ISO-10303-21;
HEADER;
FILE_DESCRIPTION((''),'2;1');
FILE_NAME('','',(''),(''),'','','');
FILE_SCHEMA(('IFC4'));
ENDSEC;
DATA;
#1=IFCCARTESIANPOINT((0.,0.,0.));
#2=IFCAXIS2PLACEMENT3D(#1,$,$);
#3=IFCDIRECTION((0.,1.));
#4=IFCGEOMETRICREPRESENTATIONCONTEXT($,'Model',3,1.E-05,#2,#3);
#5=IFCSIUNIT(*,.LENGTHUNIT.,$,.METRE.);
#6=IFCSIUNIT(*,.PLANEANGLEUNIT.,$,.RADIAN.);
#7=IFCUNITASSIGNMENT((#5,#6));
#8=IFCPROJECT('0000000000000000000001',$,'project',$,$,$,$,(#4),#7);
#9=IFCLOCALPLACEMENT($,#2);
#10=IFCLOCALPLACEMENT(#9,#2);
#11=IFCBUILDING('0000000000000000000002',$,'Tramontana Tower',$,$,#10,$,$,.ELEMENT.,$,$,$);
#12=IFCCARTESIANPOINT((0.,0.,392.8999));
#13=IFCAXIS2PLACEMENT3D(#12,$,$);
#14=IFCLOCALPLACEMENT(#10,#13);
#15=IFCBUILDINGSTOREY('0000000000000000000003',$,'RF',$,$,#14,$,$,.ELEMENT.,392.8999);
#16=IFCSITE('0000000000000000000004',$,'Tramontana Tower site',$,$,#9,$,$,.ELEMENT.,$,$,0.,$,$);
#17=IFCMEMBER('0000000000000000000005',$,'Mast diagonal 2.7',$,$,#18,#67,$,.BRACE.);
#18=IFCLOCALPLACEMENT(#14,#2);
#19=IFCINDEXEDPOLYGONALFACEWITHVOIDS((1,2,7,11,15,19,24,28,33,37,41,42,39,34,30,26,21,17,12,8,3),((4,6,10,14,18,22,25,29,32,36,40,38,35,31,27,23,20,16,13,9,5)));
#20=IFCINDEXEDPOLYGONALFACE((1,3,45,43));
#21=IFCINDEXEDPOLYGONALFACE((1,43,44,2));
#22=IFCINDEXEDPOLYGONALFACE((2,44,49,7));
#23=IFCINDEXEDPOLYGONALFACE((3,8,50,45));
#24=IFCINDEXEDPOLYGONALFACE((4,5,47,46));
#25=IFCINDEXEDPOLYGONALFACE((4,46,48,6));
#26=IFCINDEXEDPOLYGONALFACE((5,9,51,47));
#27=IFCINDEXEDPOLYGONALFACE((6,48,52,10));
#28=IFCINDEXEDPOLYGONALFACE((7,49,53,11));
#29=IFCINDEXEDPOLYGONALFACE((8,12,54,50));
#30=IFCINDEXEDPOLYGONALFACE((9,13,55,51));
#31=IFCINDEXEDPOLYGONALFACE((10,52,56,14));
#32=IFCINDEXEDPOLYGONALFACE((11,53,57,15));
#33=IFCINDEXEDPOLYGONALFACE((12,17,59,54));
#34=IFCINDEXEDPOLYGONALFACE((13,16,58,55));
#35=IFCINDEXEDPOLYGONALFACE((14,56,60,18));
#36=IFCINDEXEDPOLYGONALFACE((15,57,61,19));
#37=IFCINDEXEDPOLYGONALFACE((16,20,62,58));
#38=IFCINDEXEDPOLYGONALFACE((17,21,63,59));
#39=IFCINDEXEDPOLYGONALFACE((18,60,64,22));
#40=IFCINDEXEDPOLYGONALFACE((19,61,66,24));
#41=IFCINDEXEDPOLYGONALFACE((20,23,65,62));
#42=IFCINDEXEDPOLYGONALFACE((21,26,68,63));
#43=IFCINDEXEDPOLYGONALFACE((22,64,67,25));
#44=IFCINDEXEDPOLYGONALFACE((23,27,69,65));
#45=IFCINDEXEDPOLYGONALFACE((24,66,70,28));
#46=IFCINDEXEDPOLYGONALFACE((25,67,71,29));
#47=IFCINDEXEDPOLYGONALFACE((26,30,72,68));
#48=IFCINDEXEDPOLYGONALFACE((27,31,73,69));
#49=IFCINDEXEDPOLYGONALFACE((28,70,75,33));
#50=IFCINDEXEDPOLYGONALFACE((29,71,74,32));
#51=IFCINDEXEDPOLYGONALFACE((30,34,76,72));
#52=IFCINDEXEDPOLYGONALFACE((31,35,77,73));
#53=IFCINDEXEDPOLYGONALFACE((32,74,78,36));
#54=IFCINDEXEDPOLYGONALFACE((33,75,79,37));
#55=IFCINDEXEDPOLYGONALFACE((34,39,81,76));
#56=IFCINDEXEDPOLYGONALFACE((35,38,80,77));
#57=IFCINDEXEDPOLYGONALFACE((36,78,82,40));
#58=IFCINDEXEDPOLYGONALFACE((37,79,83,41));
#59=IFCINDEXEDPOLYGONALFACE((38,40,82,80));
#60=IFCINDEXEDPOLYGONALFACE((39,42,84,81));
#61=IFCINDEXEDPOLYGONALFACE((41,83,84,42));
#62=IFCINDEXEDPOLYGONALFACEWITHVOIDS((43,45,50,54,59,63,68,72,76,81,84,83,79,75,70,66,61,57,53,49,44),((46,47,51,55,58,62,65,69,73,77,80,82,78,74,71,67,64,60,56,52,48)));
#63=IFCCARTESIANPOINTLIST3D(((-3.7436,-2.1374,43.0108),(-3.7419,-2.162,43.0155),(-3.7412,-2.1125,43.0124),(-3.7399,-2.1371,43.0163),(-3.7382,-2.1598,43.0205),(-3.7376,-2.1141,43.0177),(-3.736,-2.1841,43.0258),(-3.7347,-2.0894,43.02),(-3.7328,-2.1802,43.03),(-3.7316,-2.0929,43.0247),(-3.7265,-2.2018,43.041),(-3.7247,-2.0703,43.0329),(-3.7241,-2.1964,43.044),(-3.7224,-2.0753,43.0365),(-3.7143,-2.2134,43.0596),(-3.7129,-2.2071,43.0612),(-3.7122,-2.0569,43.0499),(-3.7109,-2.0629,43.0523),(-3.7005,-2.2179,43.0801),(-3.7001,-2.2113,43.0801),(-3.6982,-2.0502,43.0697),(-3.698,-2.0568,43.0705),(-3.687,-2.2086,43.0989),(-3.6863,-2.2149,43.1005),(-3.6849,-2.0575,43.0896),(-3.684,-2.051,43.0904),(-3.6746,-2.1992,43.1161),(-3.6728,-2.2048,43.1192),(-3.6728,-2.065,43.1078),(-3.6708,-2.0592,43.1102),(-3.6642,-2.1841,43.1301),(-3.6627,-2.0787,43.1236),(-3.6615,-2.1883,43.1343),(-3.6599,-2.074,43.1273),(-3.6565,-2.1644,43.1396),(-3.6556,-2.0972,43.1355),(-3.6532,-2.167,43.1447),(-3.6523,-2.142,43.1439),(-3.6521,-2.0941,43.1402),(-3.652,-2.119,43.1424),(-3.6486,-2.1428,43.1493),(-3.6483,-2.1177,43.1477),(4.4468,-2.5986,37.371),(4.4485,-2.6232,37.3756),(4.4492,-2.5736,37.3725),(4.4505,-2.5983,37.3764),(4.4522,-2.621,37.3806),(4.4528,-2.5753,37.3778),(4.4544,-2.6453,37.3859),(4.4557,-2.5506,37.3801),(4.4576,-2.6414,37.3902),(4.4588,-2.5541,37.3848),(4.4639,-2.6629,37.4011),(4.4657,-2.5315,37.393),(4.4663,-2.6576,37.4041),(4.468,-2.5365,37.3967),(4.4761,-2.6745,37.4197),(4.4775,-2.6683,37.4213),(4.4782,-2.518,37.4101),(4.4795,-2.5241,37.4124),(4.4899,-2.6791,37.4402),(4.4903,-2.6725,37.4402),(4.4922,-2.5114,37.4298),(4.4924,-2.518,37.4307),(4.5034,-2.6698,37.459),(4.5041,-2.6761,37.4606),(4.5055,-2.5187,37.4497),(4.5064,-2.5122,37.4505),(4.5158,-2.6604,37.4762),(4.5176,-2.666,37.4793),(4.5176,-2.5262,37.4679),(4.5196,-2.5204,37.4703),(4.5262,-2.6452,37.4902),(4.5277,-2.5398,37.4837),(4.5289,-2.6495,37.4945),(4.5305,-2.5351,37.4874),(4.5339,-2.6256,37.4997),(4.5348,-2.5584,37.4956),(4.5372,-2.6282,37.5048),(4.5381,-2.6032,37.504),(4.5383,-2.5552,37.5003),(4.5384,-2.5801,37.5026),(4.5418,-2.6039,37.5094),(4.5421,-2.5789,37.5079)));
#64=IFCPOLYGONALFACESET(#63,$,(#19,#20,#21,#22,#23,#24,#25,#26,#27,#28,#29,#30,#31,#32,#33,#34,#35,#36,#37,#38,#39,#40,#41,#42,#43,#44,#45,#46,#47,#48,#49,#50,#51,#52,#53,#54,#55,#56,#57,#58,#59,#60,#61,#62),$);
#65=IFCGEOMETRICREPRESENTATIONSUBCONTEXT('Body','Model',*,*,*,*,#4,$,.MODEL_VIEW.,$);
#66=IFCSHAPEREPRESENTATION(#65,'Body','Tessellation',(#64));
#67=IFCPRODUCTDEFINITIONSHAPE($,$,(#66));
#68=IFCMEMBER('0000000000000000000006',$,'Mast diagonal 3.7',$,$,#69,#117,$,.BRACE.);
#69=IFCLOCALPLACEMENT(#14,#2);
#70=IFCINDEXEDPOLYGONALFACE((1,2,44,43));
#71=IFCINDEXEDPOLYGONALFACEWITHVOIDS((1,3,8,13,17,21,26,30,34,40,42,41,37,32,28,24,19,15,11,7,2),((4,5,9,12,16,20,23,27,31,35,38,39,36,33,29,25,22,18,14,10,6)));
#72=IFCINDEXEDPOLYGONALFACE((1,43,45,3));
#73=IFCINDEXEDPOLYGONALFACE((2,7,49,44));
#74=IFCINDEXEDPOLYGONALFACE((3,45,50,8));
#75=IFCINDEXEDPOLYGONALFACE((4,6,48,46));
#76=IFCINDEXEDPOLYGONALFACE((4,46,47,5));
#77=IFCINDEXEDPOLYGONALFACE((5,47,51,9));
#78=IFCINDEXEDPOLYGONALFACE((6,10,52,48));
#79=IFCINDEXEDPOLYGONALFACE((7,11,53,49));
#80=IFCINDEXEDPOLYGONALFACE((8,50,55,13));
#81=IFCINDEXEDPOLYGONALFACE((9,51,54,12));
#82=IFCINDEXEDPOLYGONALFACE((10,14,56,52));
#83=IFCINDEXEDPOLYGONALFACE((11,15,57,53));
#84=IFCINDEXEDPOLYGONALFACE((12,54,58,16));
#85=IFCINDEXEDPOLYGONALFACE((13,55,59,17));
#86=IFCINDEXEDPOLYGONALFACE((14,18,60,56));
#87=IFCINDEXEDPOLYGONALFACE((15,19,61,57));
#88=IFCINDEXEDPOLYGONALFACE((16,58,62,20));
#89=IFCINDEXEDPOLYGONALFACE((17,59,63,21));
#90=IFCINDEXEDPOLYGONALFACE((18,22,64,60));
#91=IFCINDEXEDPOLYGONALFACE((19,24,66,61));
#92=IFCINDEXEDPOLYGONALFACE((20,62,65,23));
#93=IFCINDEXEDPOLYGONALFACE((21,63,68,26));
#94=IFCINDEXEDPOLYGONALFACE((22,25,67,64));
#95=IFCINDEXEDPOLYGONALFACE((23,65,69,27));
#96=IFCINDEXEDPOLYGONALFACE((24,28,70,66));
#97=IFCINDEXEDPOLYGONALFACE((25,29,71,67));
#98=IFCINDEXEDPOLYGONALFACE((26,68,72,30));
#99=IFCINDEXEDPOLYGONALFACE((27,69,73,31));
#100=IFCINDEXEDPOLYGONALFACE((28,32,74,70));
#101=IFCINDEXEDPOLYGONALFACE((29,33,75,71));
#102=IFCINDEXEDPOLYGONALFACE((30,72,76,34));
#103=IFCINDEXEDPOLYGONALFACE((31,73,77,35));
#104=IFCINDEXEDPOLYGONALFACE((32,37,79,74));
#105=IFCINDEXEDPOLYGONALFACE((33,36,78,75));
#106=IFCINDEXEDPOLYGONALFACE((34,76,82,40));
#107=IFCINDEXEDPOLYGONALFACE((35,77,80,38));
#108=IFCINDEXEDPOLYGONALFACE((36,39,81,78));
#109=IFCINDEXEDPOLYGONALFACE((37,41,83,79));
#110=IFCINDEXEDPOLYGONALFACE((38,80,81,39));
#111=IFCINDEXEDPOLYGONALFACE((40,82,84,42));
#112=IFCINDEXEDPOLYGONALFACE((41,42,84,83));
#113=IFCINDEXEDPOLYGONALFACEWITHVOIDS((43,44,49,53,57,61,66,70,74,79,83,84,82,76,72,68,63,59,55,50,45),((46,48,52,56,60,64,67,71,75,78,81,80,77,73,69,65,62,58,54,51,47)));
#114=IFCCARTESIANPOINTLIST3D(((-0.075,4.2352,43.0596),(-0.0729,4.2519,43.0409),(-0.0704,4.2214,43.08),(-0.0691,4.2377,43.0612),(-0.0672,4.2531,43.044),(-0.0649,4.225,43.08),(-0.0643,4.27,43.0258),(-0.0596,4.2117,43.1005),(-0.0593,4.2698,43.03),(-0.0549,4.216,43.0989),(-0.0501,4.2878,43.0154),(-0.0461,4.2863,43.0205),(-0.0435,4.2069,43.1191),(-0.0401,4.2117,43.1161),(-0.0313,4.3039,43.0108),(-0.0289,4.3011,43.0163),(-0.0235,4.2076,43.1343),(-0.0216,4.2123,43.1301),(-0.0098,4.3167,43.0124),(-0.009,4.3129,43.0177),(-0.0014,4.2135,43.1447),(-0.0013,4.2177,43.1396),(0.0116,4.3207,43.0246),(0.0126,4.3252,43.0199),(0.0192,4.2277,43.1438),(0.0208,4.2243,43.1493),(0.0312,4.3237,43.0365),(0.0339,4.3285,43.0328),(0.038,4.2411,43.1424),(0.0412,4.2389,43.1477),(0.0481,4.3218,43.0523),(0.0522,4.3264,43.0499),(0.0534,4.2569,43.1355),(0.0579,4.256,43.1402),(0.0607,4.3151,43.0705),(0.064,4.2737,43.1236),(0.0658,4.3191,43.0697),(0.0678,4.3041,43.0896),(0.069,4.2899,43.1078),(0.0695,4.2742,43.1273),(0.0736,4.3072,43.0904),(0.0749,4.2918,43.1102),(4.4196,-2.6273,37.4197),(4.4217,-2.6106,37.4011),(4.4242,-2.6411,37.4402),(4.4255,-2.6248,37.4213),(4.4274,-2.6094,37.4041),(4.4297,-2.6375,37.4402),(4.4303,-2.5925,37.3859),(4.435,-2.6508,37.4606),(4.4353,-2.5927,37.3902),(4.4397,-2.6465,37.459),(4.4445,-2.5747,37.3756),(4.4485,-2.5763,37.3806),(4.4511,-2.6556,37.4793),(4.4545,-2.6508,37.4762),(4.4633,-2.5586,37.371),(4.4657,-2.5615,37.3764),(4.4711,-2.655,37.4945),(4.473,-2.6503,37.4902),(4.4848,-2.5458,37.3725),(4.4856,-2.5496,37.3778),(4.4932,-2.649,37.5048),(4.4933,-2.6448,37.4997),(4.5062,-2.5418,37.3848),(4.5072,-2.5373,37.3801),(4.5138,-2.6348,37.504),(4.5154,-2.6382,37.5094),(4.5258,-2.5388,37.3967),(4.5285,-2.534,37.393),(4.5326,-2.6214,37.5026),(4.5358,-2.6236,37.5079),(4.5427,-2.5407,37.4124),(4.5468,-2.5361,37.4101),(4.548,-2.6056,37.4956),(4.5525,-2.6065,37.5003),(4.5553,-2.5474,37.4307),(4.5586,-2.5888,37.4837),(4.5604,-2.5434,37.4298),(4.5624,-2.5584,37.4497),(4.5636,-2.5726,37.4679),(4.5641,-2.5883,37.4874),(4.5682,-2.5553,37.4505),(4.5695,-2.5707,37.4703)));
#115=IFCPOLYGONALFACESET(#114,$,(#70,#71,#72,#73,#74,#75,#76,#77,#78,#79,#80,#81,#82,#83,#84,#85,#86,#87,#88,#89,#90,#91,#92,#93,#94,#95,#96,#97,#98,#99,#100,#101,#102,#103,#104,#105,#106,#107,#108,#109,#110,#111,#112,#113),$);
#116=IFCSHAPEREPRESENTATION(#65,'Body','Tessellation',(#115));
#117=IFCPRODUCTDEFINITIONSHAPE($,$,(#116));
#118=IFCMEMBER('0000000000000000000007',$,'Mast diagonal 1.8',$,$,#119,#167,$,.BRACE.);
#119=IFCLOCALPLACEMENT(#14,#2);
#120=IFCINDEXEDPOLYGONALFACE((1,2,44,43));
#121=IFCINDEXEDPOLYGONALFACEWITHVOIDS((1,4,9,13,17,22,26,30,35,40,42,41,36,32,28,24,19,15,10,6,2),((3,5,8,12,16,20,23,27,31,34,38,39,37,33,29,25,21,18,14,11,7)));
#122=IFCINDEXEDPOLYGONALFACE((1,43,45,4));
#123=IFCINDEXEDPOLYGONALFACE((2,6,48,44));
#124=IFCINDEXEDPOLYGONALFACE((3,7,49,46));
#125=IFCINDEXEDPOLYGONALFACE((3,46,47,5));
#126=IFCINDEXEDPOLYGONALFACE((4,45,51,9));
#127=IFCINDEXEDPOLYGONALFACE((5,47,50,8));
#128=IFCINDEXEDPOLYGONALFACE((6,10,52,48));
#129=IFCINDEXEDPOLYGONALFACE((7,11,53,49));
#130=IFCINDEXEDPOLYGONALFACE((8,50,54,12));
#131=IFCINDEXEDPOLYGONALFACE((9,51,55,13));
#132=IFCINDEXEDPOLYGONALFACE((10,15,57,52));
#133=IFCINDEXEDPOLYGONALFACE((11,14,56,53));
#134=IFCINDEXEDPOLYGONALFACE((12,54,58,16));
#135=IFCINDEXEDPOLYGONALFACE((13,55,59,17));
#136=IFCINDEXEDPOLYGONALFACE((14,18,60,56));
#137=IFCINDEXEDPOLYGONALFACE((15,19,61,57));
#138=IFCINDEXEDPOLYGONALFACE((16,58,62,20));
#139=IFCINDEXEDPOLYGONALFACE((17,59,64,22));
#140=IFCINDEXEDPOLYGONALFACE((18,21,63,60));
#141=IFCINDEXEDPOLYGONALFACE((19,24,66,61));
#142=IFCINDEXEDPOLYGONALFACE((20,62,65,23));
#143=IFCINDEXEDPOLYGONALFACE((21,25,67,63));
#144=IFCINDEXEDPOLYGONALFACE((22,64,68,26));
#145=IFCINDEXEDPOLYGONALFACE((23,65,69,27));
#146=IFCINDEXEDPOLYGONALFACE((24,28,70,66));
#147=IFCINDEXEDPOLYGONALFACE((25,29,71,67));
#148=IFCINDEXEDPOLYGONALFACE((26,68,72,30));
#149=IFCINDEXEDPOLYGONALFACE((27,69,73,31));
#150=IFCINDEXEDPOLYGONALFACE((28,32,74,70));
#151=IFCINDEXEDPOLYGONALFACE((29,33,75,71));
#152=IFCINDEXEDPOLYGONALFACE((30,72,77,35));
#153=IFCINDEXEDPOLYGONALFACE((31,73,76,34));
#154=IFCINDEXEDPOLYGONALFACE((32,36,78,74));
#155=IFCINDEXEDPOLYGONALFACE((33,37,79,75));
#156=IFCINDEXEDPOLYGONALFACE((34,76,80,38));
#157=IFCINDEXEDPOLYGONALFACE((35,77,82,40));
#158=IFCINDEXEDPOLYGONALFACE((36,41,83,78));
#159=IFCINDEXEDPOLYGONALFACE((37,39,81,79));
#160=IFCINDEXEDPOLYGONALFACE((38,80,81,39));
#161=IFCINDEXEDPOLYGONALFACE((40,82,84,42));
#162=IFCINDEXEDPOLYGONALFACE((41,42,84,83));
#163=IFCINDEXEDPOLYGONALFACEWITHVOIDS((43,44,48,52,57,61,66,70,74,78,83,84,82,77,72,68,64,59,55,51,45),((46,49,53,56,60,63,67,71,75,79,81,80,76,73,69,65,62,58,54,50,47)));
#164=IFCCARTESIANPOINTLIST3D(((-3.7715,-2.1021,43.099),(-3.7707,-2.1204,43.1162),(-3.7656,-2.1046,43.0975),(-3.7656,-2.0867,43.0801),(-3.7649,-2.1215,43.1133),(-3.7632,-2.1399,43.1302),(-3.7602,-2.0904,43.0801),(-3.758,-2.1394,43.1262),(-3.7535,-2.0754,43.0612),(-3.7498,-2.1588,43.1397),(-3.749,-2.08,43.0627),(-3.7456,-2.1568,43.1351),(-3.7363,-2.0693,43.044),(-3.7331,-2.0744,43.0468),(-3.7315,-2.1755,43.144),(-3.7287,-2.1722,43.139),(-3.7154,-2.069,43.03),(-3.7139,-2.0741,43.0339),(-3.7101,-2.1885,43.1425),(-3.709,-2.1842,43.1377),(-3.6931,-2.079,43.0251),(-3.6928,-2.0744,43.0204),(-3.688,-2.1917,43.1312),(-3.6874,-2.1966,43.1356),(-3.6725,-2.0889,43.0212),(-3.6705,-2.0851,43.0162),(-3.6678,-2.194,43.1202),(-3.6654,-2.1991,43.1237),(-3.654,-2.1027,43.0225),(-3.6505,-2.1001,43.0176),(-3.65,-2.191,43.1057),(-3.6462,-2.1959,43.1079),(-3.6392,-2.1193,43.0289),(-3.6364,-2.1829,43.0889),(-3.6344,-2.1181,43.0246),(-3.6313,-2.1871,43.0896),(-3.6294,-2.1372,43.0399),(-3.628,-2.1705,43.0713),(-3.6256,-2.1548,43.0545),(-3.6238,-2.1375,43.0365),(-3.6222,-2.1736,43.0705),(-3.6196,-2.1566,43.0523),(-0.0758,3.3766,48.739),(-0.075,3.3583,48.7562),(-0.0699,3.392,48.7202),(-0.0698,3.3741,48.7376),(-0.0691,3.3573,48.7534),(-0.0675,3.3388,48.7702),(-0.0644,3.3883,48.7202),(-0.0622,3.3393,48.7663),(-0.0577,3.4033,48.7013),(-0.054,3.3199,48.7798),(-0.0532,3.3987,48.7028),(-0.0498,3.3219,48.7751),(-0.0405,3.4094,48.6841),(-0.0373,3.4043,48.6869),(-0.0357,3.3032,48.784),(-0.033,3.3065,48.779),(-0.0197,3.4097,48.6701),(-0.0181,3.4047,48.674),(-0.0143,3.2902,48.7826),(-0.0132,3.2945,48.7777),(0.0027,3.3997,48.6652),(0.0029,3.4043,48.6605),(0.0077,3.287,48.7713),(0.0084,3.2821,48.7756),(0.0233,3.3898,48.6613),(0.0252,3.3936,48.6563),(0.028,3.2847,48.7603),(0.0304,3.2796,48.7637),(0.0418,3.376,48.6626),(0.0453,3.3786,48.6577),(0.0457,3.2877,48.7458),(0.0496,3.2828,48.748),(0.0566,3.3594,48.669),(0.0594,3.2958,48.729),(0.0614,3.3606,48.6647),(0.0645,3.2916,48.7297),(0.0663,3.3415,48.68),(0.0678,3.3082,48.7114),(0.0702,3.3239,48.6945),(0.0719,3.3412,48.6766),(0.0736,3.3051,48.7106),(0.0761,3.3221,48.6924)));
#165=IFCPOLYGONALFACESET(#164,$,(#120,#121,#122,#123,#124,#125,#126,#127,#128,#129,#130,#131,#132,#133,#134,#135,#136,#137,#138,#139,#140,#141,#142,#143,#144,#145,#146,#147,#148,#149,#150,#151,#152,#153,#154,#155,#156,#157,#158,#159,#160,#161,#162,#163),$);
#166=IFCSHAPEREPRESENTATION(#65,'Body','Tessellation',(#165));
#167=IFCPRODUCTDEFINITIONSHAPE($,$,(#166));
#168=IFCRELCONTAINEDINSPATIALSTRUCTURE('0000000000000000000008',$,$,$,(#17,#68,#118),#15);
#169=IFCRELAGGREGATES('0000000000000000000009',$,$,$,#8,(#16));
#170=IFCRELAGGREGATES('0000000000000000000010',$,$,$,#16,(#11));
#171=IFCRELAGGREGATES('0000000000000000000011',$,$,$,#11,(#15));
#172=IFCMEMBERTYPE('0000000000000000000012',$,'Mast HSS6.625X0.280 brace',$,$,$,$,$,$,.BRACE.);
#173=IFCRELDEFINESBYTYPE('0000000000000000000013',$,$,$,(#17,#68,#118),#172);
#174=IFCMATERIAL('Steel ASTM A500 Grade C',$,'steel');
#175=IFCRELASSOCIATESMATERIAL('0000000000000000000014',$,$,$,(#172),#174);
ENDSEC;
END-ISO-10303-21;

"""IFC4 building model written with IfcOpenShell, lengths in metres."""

from ifc_helpers import new_model, si_unit, direction, frame, origin, origin_2d, place, context, subcontext, project, spatial, hollow_circle, extrude, material, material_profile, profile_set, type_object, element, save


model = new_model("IFC4")

# Units and contexts
model_context = context("Model", 3, precision=1e-05, world=origin(), true_north=direction((0.0, 1.0)))
body_context = subcontext(model_context, "Body", "Model", "MODEL_VIEW")
ifc_project = project(units=[si_unit("LENGTHUNIT", "METRE"), si_unit("PLANEANGLEUNIT", "RADIAN")], contexts=[model_context])

# Site, building, storey
site_placement = place(None, origin())
site = spatial("IfcSite", under=ifc_project, at=site_placement, Name="Tramontana Tower site", CompositionType="ELEMENT", RefElevation=0.0)
building_placement = place(site_placement, origin())
building = spatial("IfcBuilding", under=site, at=building_placement, Name="Tramontana Tower", CompositionType="ELEMENT")
storey_placement = place(building_placement, frame((0.0, 0.0, 392.8999)))
storey = spatial("IfcBuildingStorey", under=building, at=storey_placement, Name="RF", CompositionType="ELEMENT", Elevation=392.8999)

# Members
ifc_material_1 = material(Name="Steel ASTM A500 Grade C", Category="steel")
ifc_material_profile_1 = material_profile(ifc_material_1, hollow_circle(Radius=0.0842, WallThickness=0.0066, at=origin_2d()), Name="HSS6.625X0.280")
ifc_profile_set_1 = profile_set([ifc_material_profile_1], Name="Steel ASTM A500 Grade C")
member_type_1 = type_object("IfcMemberType", Name="Mast HSS6.625X0.280 brace", PredefinedType="BRACE", material=ifc_profile_set_1)
for number, where, z_axis, x_axis, name in (
    (1, (4.4946, -2.595, 37.4402), (-0.822736, 0.046326, 0.566532), (-0.056218, -0.998418, 0.0), "Mast diagonal 2.7"),
    (2, (4.4946, -2.595, 37.4402), (-0.451489, 0.689348, 0.566531), (-0.836546, -0.547896, 0.0), "Mast diagonal 3.7"),
):
    element("IfcMember", number, at=place(storey_placement, frame(where, z_axis=z_axis, x_axis=x_axis)), inside=storey, type_object=member_type_1, Name=name, PredefinedType="BRACE", context=body_context, shape_type="SweptSolid", body=[
        extrude(hollow_circle(Radius=0.0842, WallThickness=0.0066, at=origin_2d()), origin(), (0.0, 0.0, 1.0), 9.9551),
    ])
member_placement = place(storey_placement, frame((-3.6958, -2.1338, 43.0801), z_axis=(0.425376, 0.630589, 0.649163), x_axis=(-0.829014, 0.559227, 0.0)))
element("IfcMember", 3, at=member_placement, inside=storey, type_object=member_type_1, Name="Mast diagonal 1.8", PredefinedType="BRACE", context=body_context, shape_type="SweptSolid", body=[
    extrude(hollow_circle(Radius=0.0842, WallThickness=0.0066, at=origin_2d()), origin(), (0.0, 0.0, 1.0), 8.6882),
])

save(model, "model.ifc")
